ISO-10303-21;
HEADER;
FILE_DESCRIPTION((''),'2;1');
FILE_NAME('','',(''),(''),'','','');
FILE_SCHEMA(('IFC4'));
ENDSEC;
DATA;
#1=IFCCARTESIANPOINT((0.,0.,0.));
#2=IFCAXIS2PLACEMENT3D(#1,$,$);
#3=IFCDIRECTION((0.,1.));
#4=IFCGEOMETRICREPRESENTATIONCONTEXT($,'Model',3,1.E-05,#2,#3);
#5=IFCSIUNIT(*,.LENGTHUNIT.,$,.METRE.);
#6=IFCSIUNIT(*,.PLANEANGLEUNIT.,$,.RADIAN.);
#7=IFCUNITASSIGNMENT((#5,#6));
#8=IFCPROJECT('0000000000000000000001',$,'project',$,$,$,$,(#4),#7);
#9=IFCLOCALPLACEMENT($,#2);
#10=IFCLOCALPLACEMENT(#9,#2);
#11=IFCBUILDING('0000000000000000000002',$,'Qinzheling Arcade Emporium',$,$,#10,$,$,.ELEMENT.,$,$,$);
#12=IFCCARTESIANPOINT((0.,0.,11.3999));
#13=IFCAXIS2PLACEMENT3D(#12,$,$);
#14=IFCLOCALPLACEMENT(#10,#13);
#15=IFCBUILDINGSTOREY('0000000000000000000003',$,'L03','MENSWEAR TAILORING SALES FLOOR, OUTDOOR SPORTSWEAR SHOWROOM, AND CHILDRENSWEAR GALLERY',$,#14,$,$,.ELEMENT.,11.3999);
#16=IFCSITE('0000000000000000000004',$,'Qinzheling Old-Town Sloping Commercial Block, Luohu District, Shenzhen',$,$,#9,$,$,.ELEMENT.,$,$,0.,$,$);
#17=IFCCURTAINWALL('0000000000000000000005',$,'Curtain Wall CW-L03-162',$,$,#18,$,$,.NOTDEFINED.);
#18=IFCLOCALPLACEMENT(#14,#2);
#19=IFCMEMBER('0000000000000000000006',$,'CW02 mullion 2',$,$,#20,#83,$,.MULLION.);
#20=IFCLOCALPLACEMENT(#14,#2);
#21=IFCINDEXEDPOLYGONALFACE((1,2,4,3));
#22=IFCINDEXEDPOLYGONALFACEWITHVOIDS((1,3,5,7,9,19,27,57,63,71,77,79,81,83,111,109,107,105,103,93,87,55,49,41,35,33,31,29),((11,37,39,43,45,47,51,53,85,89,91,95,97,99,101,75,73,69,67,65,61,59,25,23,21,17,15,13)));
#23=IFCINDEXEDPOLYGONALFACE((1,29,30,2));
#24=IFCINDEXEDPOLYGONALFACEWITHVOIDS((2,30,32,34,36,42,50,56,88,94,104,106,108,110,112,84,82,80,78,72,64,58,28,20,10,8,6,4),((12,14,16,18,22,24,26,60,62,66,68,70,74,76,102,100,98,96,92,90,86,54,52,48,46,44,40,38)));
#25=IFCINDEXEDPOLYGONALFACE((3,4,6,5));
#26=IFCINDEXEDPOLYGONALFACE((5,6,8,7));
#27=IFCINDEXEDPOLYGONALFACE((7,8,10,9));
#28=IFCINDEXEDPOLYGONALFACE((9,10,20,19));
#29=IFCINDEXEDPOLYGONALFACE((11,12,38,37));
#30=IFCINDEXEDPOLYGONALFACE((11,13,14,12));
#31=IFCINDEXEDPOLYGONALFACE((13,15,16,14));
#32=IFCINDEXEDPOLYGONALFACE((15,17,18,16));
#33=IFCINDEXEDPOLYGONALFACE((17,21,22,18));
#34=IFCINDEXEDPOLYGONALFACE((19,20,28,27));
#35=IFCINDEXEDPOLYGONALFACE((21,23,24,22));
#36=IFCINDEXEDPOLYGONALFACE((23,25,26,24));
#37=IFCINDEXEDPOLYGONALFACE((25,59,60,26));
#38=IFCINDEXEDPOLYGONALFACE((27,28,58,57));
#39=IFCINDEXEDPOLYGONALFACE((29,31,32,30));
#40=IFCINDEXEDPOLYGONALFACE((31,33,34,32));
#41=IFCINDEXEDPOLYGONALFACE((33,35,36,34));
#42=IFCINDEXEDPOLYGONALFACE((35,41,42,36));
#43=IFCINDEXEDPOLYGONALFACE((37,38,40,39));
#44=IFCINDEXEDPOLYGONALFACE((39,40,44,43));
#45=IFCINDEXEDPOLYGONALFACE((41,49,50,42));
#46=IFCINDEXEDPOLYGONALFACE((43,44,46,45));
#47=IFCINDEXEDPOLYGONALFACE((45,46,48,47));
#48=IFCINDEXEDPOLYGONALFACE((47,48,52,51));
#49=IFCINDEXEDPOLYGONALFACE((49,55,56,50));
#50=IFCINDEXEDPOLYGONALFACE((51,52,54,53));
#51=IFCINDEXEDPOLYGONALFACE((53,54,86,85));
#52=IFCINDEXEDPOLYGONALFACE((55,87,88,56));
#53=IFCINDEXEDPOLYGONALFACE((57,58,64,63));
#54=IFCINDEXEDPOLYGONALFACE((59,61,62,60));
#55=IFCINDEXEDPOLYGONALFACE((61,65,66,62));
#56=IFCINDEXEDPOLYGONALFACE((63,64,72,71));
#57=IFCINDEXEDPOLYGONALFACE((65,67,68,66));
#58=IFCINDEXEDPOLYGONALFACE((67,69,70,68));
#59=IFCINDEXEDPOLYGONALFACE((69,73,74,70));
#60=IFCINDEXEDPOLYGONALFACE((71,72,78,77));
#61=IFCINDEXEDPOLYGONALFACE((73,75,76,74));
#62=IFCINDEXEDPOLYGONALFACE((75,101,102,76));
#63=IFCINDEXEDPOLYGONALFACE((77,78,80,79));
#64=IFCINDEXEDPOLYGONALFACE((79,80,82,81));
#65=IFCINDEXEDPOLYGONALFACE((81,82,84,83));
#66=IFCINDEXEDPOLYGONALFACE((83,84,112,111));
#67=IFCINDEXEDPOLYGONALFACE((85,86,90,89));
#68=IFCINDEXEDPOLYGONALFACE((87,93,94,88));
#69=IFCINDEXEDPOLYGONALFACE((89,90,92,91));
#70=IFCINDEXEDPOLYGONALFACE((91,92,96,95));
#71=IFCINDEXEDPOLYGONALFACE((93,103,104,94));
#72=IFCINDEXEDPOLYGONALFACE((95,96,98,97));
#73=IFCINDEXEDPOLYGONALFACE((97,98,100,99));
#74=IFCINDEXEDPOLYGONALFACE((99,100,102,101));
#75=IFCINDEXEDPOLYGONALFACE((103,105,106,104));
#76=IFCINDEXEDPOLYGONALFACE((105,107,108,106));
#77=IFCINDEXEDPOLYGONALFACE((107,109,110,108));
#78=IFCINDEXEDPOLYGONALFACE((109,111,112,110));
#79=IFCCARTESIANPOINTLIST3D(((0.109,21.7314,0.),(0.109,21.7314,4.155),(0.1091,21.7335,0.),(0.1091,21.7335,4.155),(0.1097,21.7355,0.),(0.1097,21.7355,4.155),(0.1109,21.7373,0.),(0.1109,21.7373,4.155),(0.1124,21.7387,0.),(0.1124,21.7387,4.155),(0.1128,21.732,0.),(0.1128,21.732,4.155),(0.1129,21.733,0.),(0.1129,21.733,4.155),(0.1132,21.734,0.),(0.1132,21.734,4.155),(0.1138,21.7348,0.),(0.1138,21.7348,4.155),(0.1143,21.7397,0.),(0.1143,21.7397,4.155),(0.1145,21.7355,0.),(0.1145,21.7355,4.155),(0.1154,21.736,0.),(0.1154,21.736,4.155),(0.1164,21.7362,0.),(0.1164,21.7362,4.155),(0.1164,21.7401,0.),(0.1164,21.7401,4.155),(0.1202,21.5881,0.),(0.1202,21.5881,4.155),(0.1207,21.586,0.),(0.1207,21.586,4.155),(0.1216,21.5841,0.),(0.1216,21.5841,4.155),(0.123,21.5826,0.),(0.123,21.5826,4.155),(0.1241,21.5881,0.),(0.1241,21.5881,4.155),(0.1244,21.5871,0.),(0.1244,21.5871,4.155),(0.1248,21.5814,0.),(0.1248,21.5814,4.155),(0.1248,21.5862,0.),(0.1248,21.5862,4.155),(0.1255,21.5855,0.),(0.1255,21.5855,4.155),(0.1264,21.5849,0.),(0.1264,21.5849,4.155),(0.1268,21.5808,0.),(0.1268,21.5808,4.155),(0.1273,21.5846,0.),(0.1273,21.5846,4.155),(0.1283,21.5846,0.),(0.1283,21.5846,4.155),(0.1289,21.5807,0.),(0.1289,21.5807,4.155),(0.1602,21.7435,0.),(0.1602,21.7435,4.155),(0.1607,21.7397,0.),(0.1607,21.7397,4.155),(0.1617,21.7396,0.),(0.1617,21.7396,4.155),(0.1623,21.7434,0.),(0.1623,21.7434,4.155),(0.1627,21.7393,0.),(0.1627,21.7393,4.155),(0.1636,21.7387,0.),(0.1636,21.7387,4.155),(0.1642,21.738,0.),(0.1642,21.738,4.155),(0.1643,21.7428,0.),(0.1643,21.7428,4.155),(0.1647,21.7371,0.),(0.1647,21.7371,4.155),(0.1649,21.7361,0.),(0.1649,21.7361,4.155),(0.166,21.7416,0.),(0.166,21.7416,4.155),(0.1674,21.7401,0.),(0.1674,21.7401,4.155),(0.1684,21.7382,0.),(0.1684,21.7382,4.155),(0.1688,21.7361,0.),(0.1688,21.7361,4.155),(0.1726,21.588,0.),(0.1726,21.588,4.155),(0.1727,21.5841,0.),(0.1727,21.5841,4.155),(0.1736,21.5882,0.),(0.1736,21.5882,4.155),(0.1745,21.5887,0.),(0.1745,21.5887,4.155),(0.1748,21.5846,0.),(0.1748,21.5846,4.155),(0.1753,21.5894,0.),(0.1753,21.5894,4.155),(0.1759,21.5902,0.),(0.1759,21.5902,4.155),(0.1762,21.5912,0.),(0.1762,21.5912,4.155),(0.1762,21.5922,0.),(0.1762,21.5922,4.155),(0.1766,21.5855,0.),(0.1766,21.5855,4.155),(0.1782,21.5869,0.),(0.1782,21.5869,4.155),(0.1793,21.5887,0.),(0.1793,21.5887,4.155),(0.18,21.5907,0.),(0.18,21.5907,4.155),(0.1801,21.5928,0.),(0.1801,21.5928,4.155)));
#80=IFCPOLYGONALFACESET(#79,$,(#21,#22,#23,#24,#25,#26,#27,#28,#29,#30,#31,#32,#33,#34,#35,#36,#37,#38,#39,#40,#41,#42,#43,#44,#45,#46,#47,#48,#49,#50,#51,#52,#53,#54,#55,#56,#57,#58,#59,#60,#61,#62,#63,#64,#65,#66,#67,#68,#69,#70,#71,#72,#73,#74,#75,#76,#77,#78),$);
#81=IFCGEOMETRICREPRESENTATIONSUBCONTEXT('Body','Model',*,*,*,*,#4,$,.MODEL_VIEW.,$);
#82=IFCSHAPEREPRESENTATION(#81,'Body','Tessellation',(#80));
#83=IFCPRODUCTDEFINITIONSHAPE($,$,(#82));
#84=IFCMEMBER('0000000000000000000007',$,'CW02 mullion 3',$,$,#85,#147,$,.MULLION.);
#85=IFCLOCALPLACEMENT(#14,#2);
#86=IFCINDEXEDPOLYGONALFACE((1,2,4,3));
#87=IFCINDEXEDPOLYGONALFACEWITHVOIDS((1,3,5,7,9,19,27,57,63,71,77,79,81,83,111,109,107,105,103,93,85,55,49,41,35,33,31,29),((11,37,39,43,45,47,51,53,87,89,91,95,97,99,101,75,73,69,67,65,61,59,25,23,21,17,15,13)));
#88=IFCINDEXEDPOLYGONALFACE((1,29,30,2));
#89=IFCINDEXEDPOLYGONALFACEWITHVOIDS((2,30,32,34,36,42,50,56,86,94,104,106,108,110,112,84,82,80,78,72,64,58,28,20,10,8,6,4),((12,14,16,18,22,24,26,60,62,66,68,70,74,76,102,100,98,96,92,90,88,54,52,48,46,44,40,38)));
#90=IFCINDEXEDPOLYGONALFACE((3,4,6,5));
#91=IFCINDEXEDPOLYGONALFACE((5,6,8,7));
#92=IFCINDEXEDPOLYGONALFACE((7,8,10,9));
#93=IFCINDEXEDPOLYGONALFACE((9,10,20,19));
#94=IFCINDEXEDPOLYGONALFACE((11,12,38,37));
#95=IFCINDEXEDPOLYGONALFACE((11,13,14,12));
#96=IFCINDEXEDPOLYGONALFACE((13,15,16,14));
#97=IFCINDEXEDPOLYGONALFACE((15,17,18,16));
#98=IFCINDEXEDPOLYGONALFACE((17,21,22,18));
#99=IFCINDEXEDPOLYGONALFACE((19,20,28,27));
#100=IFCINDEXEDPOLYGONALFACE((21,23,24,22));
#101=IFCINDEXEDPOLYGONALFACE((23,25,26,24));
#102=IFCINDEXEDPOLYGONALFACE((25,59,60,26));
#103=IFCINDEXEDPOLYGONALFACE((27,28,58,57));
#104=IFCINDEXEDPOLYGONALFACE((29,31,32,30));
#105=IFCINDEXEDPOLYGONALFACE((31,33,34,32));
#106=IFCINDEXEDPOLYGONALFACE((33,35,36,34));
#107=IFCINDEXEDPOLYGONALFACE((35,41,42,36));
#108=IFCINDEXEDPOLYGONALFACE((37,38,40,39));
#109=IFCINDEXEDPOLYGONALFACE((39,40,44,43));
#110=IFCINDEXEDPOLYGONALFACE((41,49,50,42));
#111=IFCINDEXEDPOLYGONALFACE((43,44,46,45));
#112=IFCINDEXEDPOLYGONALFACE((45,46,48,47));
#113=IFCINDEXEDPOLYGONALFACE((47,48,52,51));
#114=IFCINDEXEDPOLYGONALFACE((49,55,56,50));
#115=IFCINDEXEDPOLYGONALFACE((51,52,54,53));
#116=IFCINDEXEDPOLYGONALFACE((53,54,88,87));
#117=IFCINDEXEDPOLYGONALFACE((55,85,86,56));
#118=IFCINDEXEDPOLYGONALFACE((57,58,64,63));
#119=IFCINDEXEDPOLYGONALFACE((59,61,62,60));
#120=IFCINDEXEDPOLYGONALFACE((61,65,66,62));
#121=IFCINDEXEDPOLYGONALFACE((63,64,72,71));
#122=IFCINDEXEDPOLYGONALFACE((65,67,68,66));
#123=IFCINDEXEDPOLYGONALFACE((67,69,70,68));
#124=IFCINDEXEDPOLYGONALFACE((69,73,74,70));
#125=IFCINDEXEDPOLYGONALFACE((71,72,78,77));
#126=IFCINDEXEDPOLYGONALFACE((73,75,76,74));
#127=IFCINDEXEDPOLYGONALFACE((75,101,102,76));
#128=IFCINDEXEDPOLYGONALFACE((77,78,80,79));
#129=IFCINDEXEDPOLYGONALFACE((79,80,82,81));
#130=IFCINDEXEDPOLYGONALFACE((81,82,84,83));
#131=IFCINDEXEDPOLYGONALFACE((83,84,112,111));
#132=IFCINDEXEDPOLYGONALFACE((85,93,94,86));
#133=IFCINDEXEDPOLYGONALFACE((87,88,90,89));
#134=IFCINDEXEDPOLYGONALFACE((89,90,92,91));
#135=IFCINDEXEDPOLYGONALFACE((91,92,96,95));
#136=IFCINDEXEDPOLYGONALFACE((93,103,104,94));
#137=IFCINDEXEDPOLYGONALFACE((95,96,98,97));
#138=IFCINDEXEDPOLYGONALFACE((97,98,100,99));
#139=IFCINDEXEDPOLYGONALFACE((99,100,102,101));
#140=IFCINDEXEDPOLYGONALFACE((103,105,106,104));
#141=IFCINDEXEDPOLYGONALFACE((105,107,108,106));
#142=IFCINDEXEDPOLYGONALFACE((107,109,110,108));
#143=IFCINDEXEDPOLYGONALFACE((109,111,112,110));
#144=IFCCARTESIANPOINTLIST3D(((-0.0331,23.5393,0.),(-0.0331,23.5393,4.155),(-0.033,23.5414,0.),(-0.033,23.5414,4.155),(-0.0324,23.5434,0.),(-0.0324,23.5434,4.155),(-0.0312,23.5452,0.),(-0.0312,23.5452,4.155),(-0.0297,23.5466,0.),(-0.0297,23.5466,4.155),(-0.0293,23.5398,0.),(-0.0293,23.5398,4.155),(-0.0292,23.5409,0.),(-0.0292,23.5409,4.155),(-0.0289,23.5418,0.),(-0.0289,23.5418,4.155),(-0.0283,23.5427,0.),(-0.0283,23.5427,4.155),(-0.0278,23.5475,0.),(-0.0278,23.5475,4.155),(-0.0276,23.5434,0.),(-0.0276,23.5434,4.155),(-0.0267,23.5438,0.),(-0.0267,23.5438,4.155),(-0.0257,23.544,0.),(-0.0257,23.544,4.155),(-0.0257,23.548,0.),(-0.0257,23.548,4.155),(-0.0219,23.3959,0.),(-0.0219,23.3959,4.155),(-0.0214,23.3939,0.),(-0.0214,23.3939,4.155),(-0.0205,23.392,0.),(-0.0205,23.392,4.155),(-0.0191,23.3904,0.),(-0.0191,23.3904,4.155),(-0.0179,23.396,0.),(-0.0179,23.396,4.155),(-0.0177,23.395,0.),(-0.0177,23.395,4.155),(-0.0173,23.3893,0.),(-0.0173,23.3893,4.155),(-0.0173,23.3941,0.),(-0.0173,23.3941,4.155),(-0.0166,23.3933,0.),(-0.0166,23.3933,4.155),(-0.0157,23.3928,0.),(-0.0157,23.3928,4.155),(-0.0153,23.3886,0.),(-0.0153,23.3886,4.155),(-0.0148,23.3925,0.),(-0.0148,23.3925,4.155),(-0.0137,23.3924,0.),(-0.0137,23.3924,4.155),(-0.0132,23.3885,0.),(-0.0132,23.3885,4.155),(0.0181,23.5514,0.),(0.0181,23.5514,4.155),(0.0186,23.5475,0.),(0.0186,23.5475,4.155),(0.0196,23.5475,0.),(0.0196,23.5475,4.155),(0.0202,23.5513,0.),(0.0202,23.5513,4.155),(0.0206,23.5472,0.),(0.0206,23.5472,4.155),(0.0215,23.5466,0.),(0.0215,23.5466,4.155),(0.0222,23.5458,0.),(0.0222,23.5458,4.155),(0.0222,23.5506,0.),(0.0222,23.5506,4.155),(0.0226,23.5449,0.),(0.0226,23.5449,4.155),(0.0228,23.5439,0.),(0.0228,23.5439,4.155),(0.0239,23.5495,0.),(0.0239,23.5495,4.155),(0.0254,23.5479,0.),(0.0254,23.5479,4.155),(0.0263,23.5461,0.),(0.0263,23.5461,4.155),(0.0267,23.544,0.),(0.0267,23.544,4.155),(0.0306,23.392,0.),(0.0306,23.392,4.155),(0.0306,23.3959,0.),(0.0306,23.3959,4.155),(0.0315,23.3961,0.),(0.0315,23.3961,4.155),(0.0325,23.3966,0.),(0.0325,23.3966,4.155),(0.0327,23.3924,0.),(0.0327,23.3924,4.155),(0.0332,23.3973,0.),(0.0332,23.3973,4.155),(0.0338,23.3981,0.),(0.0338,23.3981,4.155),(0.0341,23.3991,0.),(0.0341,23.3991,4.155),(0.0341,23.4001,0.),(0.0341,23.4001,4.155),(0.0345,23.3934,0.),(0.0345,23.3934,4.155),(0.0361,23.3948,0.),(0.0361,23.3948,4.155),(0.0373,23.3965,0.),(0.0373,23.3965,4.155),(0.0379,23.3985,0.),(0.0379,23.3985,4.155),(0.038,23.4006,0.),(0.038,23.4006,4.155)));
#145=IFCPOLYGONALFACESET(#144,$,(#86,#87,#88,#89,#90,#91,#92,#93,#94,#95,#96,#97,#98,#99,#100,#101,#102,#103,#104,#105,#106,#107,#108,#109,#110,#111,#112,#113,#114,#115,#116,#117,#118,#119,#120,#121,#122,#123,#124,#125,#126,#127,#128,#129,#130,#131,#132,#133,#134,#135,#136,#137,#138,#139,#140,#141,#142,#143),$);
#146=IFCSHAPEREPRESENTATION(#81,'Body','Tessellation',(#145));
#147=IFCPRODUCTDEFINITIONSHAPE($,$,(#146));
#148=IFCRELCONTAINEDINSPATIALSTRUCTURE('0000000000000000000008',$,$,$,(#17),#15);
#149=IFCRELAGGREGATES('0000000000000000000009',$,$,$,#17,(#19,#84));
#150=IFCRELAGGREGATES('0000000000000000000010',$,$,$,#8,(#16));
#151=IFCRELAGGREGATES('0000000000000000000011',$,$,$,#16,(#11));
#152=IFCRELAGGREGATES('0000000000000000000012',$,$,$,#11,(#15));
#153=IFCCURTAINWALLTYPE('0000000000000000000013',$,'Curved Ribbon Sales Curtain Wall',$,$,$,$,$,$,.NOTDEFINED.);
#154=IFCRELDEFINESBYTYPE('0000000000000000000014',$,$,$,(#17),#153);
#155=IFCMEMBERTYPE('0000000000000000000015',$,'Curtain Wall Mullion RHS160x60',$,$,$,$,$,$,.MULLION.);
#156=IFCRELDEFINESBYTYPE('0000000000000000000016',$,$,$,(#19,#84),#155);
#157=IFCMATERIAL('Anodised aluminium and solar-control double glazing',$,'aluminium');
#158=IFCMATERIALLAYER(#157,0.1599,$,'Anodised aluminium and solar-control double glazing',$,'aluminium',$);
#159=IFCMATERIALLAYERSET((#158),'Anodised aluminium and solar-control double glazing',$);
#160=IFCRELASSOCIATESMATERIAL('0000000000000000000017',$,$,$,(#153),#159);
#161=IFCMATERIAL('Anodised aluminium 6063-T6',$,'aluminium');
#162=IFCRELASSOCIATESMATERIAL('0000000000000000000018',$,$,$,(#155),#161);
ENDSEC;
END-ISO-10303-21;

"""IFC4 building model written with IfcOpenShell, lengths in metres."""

from ifc_helpers import new_model, si_unit, direction, frame, origin, origin_2d, place, context, subcontext, project, spatial, hollow_rectangle, extrude, material, layer, layer_set, material_profile, profile_set, type_object, element, aggregate, save


model = new_model("IFC4")

# Units and contexts
model_context = context("Model", 3, precision=1e-05, world=origin(), true_north=direction((0.0, 1.0)))
body_context = subcontext(model_context, "Body", "Model", "MODEL_VIEW")
ifc_project = project(units=[si_unit("LENGTHUNIT", "METRE"), si_unit("PLANEANGLEUNIT", "RADIAN")], contexts=[model_context])

# Site, building, storey
site_placement = place(None, origin())
site = spatial("IfcSite", under=ifc_project, at=site_placement, Name="Qinzheling Old-Town Sloping Commercial Block, Luohu District, Shenzhen", CompositionType="ELEMENT", RefElevation=0.0)
building_placement = place(site_placement, origin())
building = spatial("IfcBuilding", under=site, at=building_placement, Name="Qinzheling Arcade Emporium", CompositionType="ELEMENT")
storey_placement = place(building_placement, frame((0.0, 0.0, 11.3999)))
storey = spatial("IfcBuildingStorey", under=building, at=storey_placement, Name="L03", Description="MENSWEAR TAILORING SALES FLOOR, OUTDOOR SPORTSWEAR SHOWROOM, AND CHILDRENSWEAR GALLERY", CompositionType="ELEMENT", Elevation=11.3999)

# Shared definitions
ifc_material_1 = material(Name="Anodised aluminium and solar-control double glazing", Category="aluminium")
ifc_layer_1 = layer(ifc_material_1, 0.1599, Name="Anodised aluminium and solar-control double glazing", Category="aluminium")
ifc_layer_set_1 = layer_set([ifc_layer_1], Name="Anodised aluminium and solar-control double glazing")
curtain_wall_type_1 = type_object("IfcCurtainWallType", Name="Curved Ribbon Sales Curtain Wall", PredefinedType="NOTDEFINED", material=ifc_layer_set_1)
ifc_material_2 = material(Name="Anodised aluminium 6063-T6", Category="aluminium")
ifc_material_profile_1 = material_profile(ifc_material_2, hollow_rectangle(XDim=0.0601, YDim=0.1599, WallThickness=0.0039, InnerFilletRadius=0.0039, OuterFilletRadius=0.0081, at=origin_2d()), Name="RHS 160x60x4", Category="aluminium")
ifc_profile_set_1 = profile_set([ifc_material_profile_1], Name="Anodised aluminium 6063-T6")
member_type_1 = type_object("IfcMemberType", Name="Curtain Wall Mullion RHS160x60", PredefinedType="MULLION", material=ifc_profile_set_1)

# Curtain wall, members
curtain_wall_1_placement = place(storey_placement, origin())
curtain_wall_1 = element("IfcCurtainWall", 1, at=curtain_wall_1_placement, inside=storey, type_object=curtain_wall_type_1, Name="Curtain Wall CW-L03-162", PredefinedType="NOTDEFINED")
member_1_placement = place(storey_placement, frame((0.1445, 21.6621, 0.0), z_axis=(0.0, 0.0, 1.0), x_axis=(-0.996924, -0.078376, 0.0)))
member_1 = element("IfcMember", 2, at=member_1_placement, type_object=member_type_1, Name="CW02 mullion 2", PredefinedType="MULLION", context=body_context, shape_type="SweptSolid", body=[
    extrude(hollow_rectangle(XDim=0.0601, YDim=0.1599, WallThickness=0.0039, InnerFilletRadius=0.0039, OuterFilletRadius=0.0081, at=origin_2d()), origin(), (0.0, 0.0, 1.0), 4.155),
])
member_2_placement = place(storey_placement, frame((0.0024, 23.47, 0.0), z_axis=(0.0, 0.0, 1.0), x_axis=(-0.996924, -0.078376, 0.0)))
member_2 = element("IfcMember", 3, at=member_2_placement, type_object=member_type_1, Name="CW02 mullion 3", PredefinedType="MULLION", context=body_context, shape_type="SweptSolid", body=[
    extrude(hollow_rectangle(XDim=0.0601, YDim=0.1599, WallThickness=0.0039, InnerFilletRadius=0.0039, OuterFilletRadius=0.0081, at=origin_2d()), origin(), (0.0, 0.0, 1.0), 4.155),
])

aggregate(curtain_wall_1, [member_1, member_2])

save(model, "model.ifc")
